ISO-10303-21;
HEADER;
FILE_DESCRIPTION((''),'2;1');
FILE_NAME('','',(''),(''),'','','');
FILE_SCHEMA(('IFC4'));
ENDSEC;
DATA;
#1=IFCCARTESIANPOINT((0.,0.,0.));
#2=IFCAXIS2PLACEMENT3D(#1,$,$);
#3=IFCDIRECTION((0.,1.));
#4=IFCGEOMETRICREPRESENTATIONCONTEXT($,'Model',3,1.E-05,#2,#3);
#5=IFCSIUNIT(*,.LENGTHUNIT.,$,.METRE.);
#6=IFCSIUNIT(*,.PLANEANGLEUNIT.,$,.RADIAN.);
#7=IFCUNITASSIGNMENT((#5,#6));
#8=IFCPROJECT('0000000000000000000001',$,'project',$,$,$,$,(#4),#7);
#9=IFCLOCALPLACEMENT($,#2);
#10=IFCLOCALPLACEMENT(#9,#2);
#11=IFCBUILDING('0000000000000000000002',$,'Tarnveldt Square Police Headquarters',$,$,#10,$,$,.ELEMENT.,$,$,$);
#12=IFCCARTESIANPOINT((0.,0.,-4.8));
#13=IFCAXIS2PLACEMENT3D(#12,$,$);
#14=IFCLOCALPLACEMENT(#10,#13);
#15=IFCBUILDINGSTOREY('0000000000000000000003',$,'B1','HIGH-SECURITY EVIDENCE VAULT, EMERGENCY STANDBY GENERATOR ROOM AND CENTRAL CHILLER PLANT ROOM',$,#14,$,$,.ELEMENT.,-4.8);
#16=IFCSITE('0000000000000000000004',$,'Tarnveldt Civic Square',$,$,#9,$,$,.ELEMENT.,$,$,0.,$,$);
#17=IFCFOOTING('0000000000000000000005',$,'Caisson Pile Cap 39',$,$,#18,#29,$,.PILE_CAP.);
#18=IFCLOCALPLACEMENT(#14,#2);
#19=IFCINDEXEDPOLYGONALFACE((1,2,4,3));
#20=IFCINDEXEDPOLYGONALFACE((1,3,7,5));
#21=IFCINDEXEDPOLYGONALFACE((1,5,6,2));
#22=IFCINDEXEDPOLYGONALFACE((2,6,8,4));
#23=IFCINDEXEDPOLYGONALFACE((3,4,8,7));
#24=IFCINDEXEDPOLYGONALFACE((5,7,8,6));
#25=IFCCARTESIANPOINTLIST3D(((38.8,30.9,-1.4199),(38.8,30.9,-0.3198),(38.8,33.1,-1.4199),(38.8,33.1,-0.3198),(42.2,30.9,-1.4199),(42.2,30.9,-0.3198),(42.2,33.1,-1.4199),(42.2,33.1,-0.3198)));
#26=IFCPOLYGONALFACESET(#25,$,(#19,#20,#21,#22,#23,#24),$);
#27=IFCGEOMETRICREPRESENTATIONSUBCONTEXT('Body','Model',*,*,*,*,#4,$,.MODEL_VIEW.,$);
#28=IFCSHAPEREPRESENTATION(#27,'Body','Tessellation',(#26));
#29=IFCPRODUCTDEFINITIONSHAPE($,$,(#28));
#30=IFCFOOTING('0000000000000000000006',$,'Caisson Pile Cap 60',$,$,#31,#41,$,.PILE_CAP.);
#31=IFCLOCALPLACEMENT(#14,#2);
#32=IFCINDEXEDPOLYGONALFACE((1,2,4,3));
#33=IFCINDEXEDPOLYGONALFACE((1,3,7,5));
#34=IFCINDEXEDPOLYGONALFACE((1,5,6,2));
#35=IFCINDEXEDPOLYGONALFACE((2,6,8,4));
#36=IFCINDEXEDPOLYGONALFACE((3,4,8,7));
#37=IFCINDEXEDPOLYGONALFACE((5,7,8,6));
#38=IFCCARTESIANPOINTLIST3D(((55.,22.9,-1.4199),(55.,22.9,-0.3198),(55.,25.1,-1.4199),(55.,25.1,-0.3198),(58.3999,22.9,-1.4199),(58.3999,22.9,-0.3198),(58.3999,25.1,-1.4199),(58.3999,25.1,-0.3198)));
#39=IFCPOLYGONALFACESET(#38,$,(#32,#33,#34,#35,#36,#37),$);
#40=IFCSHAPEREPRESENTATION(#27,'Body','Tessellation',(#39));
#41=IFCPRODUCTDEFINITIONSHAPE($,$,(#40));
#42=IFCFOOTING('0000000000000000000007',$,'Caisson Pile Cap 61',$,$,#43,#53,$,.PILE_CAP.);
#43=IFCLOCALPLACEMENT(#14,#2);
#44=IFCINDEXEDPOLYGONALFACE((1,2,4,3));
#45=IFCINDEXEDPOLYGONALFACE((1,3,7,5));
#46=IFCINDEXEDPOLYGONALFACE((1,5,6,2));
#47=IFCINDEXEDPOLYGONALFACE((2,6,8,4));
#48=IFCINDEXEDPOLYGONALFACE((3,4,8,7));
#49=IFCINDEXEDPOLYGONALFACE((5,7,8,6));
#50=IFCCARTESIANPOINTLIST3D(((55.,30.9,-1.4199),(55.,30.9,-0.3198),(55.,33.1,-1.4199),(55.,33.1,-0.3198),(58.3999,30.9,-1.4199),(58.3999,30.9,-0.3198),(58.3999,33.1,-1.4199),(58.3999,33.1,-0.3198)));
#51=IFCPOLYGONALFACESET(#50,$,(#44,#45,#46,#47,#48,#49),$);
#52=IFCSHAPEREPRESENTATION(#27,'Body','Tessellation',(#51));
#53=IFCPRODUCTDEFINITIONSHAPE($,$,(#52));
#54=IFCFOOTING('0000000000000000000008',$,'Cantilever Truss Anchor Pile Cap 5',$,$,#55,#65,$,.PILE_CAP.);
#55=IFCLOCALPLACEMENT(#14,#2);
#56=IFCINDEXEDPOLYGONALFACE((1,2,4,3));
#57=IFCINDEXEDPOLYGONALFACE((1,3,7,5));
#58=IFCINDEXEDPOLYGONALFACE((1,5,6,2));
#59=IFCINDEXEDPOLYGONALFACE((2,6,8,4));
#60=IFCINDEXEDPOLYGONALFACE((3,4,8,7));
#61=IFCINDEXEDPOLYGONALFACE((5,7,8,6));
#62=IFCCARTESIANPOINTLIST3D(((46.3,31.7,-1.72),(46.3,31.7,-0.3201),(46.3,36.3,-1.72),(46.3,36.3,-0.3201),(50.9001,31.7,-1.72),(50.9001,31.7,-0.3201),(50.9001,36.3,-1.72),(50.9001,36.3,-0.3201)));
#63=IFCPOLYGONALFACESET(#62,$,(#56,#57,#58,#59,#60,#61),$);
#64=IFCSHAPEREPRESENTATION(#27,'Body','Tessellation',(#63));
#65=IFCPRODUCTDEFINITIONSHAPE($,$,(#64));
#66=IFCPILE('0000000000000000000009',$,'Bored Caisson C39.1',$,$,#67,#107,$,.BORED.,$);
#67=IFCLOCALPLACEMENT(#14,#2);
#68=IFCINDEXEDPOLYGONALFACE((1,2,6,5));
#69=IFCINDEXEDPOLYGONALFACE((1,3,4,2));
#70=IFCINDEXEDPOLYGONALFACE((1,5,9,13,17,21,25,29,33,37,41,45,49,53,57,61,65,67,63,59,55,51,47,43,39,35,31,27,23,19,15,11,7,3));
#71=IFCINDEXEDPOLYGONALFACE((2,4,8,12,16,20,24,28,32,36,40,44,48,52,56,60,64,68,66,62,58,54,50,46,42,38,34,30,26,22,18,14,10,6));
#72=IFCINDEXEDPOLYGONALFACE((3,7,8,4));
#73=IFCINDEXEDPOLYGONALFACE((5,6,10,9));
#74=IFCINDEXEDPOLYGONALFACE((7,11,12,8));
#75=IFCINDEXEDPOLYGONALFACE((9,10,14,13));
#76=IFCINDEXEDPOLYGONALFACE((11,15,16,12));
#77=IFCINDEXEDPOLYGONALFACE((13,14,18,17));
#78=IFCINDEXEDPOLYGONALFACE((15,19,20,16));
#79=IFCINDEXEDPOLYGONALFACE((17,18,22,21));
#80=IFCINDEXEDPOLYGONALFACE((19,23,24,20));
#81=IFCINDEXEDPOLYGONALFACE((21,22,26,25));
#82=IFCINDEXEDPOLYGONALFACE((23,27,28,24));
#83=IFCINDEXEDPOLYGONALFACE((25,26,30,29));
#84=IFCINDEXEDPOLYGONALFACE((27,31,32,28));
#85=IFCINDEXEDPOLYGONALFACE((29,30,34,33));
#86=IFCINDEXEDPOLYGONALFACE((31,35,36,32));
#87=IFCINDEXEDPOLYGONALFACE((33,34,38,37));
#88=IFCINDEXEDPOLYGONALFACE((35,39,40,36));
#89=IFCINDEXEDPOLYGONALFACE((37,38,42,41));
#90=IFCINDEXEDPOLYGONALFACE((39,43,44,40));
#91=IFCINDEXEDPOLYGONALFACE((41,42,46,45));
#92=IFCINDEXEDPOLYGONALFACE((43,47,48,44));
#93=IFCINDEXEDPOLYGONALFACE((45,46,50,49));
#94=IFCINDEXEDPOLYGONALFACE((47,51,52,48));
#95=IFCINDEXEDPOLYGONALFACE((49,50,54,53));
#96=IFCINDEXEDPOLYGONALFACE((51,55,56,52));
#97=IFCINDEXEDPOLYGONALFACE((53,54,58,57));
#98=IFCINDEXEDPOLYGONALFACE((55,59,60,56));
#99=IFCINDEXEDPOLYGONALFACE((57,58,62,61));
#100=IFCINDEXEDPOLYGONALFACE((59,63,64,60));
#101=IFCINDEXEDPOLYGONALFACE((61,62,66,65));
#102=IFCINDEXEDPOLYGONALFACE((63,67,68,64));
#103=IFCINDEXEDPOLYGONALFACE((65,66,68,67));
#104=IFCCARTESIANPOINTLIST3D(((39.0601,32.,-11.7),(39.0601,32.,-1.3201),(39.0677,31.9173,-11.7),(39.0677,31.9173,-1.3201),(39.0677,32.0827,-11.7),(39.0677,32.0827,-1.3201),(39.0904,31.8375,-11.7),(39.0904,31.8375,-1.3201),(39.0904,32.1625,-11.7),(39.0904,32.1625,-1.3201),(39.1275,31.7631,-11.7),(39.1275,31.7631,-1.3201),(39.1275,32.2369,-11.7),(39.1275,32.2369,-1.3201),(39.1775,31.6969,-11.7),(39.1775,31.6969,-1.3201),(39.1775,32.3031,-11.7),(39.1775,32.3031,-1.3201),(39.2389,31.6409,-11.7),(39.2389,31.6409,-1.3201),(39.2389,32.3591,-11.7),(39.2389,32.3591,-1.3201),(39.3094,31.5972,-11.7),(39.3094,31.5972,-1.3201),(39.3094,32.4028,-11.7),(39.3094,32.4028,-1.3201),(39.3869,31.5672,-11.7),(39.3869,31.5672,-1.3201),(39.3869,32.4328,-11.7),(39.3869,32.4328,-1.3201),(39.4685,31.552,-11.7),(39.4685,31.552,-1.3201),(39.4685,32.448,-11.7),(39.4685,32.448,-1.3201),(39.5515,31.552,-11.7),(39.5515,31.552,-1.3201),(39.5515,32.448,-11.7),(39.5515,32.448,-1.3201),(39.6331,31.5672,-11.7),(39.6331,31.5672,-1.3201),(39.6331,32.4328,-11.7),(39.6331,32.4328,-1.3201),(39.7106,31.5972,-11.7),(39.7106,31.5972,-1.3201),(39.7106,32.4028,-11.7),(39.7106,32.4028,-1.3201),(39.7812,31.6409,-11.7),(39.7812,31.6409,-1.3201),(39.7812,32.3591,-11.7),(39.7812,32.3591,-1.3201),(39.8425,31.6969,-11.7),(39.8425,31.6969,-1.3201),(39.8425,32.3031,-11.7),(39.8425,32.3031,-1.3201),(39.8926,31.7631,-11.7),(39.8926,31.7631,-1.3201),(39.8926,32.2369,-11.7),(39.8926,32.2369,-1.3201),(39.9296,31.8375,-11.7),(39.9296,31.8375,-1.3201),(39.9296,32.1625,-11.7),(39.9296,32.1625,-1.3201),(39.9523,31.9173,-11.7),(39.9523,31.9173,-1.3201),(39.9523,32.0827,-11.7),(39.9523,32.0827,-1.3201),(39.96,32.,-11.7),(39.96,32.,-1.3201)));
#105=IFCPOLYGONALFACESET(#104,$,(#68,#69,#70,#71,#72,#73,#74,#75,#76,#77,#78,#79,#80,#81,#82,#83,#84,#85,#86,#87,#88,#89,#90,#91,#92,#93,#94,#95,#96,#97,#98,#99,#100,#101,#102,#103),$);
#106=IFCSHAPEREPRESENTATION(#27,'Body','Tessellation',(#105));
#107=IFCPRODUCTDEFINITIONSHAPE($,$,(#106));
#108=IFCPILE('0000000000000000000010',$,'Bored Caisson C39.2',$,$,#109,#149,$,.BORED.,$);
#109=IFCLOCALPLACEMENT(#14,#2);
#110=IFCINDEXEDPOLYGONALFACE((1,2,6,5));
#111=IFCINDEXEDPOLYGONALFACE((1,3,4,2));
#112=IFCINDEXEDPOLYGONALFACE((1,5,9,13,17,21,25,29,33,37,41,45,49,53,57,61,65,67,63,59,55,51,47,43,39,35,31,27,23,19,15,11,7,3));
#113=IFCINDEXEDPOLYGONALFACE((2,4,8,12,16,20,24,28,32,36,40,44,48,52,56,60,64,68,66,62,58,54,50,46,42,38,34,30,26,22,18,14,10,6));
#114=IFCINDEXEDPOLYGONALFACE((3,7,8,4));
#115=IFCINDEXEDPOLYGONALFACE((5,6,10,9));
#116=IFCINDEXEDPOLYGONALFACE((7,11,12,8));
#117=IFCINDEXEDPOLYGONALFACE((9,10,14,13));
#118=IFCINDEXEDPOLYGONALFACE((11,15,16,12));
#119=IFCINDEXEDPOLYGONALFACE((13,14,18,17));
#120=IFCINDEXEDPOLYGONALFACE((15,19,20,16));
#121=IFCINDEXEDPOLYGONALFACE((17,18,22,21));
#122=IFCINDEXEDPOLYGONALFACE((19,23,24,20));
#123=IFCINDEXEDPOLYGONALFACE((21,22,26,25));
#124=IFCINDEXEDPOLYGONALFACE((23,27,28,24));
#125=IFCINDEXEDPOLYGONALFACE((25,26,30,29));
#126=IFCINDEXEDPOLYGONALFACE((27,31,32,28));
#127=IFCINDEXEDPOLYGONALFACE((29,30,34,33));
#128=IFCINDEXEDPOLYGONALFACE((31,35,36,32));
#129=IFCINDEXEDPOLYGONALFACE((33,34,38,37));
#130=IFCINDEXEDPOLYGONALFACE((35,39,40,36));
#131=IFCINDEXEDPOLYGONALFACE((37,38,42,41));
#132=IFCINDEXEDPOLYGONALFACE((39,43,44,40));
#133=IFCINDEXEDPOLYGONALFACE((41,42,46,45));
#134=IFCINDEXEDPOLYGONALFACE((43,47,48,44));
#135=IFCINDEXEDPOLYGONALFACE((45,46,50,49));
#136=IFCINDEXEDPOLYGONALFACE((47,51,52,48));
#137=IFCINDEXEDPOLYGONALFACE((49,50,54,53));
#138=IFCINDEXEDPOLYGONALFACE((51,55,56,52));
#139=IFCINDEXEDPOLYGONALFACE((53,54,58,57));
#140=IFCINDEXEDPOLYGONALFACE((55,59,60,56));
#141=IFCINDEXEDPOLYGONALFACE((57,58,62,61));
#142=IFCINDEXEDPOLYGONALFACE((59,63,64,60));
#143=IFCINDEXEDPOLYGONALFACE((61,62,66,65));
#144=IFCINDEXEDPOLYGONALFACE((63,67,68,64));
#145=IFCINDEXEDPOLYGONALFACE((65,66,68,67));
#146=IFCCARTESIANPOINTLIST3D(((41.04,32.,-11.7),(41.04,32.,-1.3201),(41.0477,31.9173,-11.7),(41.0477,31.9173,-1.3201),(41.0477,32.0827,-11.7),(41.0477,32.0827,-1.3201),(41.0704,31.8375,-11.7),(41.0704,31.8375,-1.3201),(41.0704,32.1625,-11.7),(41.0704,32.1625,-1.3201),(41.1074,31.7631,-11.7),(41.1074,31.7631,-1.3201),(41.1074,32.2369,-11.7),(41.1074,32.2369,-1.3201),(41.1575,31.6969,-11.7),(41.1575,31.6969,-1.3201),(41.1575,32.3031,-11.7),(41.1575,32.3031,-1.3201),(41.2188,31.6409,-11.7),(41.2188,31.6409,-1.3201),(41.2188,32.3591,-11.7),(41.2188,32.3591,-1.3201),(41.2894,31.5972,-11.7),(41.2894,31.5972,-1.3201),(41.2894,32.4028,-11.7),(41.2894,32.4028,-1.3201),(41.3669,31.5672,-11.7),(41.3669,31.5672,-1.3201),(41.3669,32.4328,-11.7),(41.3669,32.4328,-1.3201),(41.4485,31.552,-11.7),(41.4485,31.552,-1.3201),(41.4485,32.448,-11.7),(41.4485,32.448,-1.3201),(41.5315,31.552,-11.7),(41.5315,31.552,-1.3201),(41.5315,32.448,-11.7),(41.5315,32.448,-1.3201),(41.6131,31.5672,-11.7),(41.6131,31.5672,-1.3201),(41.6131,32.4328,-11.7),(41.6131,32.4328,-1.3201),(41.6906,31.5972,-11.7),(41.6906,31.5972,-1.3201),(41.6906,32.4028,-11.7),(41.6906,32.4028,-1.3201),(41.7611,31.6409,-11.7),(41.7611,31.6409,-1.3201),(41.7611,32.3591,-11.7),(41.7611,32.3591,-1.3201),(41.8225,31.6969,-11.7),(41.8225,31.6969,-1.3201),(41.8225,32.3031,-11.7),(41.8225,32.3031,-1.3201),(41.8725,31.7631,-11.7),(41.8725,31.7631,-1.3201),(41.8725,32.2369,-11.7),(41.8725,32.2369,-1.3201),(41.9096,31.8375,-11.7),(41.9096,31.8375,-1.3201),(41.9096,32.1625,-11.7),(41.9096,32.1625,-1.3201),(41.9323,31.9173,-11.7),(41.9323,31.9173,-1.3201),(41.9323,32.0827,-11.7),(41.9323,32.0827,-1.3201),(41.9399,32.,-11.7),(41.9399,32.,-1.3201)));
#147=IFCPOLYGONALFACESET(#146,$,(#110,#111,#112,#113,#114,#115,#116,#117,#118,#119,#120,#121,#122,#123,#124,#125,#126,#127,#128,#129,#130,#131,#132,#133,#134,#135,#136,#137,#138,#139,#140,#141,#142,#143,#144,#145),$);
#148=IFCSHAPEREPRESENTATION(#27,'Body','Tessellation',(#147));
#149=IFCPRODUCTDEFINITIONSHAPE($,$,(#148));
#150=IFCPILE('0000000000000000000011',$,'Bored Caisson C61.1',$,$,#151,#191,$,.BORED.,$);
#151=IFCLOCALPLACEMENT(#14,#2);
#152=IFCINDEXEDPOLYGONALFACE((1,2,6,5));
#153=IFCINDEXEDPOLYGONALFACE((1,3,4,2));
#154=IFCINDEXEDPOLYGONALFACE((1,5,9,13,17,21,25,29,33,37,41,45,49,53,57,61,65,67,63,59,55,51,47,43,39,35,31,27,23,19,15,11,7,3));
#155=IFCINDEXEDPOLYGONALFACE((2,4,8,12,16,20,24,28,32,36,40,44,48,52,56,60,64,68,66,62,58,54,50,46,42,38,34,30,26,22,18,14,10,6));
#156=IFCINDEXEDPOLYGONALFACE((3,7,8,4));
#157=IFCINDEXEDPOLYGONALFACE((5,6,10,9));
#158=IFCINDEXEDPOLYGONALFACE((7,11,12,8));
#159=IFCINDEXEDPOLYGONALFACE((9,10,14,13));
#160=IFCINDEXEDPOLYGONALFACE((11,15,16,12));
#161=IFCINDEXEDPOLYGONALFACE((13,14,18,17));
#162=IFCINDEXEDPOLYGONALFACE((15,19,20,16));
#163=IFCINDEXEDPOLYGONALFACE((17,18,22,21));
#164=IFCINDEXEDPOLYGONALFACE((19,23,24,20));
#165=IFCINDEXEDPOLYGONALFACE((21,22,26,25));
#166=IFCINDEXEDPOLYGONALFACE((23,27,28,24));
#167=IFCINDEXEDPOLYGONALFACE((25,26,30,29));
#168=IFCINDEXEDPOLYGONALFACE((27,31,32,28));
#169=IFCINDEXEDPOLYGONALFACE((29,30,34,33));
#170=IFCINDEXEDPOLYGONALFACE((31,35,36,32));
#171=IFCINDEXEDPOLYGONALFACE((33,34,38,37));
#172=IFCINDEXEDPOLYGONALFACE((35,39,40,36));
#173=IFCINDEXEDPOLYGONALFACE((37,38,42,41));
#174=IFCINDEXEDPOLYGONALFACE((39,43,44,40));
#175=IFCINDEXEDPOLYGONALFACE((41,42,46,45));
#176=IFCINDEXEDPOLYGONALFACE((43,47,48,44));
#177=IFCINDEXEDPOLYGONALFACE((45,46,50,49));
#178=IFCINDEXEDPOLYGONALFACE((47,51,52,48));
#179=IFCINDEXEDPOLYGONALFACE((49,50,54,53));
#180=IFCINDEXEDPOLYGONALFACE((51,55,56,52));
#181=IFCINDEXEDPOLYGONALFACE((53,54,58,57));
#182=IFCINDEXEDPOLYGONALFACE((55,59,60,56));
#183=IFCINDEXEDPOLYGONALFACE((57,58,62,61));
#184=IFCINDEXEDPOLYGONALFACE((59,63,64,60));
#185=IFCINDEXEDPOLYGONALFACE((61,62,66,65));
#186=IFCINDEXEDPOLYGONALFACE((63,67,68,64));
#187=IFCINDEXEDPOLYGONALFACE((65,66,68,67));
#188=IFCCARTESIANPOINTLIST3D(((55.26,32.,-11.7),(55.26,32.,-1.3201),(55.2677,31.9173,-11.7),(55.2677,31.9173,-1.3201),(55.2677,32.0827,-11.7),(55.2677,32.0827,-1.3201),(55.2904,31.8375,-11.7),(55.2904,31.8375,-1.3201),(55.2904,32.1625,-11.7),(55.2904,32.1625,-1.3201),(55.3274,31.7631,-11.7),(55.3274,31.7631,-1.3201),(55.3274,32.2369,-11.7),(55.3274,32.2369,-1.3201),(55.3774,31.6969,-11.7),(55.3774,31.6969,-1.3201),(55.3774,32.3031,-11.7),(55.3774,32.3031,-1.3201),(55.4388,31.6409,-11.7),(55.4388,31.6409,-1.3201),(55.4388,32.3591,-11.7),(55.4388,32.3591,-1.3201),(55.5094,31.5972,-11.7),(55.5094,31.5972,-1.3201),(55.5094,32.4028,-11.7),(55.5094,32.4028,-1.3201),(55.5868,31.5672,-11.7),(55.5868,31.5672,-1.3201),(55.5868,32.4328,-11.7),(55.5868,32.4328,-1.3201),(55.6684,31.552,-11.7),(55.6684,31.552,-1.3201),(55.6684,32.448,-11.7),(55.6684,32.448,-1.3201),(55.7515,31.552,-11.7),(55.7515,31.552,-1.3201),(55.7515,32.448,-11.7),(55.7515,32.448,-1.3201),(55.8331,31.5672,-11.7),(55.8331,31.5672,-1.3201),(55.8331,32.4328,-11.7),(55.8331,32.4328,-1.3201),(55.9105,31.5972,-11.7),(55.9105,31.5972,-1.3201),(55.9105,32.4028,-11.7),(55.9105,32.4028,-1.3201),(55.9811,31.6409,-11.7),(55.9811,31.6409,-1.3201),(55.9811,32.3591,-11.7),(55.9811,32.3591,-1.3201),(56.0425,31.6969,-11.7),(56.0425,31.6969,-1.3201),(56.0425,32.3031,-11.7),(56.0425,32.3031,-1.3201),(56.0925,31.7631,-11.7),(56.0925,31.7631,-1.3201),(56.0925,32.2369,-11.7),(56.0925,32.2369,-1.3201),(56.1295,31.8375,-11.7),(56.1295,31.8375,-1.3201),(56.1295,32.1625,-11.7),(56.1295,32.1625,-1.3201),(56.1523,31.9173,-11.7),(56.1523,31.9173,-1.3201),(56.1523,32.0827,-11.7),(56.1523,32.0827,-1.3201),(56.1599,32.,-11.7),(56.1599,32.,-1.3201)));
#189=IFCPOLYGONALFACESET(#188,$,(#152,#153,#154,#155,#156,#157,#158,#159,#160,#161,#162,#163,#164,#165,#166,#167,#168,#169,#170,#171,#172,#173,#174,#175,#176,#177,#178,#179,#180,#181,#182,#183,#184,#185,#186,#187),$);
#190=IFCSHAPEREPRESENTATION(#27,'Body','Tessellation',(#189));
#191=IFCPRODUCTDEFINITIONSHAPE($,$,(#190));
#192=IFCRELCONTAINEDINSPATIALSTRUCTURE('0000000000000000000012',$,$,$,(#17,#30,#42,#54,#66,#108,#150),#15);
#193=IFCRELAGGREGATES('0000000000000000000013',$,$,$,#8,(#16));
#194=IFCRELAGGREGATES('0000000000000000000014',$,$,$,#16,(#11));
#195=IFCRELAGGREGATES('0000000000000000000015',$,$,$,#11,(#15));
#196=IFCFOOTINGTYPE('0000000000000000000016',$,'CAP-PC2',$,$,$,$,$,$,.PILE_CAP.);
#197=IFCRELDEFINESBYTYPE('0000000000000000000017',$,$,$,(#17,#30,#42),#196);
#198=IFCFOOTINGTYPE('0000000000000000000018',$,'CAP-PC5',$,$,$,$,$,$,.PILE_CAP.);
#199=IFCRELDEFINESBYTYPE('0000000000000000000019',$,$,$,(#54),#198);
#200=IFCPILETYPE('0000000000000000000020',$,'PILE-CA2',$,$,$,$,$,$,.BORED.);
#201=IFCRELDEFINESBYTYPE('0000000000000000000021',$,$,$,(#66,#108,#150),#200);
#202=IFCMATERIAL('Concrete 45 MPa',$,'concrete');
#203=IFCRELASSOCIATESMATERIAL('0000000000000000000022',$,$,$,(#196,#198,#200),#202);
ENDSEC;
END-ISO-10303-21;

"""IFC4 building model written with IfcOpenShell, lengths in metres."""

from ifc_helpers import new_model, si_unit, direction, frame, origin, origin_2d, place, context, subcontext, project, spatial, rectangle, circle, extrude, material, material_profile, profile_set, type_object, element, save


model = new_model("IFC4")

# Units and contexts
model_context = context("Model", 3, precision=1e-05, world=origin(), true_north=direction((0.0, 1.0)))
body_context = subcontext(model_context, "Body", "Model", "MODEL_VIEW")
ifc_project = project(units=[si_unit("LENGTHUNIT", "METRE"), si_unit("PLANEANGLEUNIT", "RADIAN")], contexts=[model_context])

# Site, building, storey
site_placement = place(None, origin())
site = spatial("IfcSite", under=ifc_project, at=site_placement, Name="Tarnveldt Civic Square", CompositionType="ELEMENT", RefElevation=0.0)
building_placement = place(site_placement, origin())
building = spatial("IfcBuilding", under=site, at=building_placement, Name="Tarnveldt Square Police Headquarters", CompositionType="ELEMENT")
storey_placement = place(building_placement, frame((0.0, 0.0, -4.8)))
storey = spatial("IfcBuildingStorey", under=building, at=storey_placement, Name="B1", Description="HIGH-SECURITY EVIDENCE VAULT, EMERGENCY STANDBY GENERATOR ROOM AND CENTRAL CHILLER PLANT ROOM", CompositionType="ELEMENT", Elevation=-4.8)

# Footings
ifc_material_1 = material(Name="Concrete 45 MPa", Category="concrete")
footing_type_1 = type_object("IfcFootingType", Name="CAP-PC2", PredefinedType="PILE_CAP", material=ifc_material_1)
for number, where, z_axis, x_axis, name in (
    (1, (40.5, 32.0, -1.4199), (0.0, 0.0, 1.0), (1.0, 0.0, 0.0), "Caisson Pile Cap 39"),
    (2, (56.7, 24.0, -1.4199), (0.0, 0.0, 1.0), (1.0, 0.0, 0.0), "Caisson Pile Cap 60"),
    (3, (56.7, 32.0, -1.4199), (0.0, 0.0, 1.0), (1.0, 0.0, 0.0), "Caisson Pile Cap 61"),
):
    element("IfcFooting", number, at=place(storey_placement, frame(where, z_axis=z_axis, x_axis=x_axis)), inside=storey, type_object=footing_type_1, Name=name, PredefinedType="PILE_CAP", context=body_context, shape_type="SweptSolid", body=[
        extrude(rectangle(XDim=3.3999, YDim=2.2, at=origin_2d()), origin(), (0.0, 0.0, 1.0), 1.1001),
    ])
footing_type_2 = type_object("IfcFootingType", Name="CAP-PC5", PredefinedType="PILE_CAP", material=ifc_material_1)
footing_placement = place(storey_placement, frame((48.6001, 34.0, -1.72), z_axis=(0.0, 0.0, 1.0), x_axis=(1.0, 0.0, 0.0)))
element("IfcFooting", 4, at=footing_placement, inside=storey, type_object=footing_type_2, Name="Cantilever Truss Anchor Pile Cap 5", PredefinedType="PILE_CAP", context=body_context, shape_type="SweptSolid", body=[
    extrude(rectangle(XDim=4.6001, YDim=4.6001, at=origin_2d()), origin(), (0.0, 0.0, 1.0), 1.3999),
])

# Piles
ifc_material_profile_1 = material_profile(ifc_material_1, circle(Radius=0.45, at=origin_2d()), Name="CAISSON-D900")
ifc_profile_set_1 = profile_set([ifc_material_profile_1], Name="Concrete 45 MPa")
pile_type_1 = type_object("IfcPileType", Name="PILE-CA2", PredefinedType="BORED", material=ifc_profile_set_1)
for number, where, z_axis, x_axis, name in (
    (5, (39.51, 32.0, -1.3201), (0.0, 0.0, -1.0), (1.0, 0.0, 0.0), "Bored Caisson C39.1"),
    (6, (41.49, 32.0, -1.3201), (0.0, 0.0, -1.0), (1.0, 0.0, 0.0), "Bored Caisson C39.2"),
    (7, (55.71, 32.0, -1.3201), (0.0, 0.0, -1.0), (1.0, 0.0, 0.0), "Bored Caisson C61.1"),
):
    element("IfcPile", number, at=place(storey_placement, frame(where, z_axis=z_axis, x_axis=x_axis)), inside=storey, type_object=pile_type_1, Name=name, PredefinedType="BORED", context=body_context, shape_type="SweptSolid", body=[
        extrude(circle(Radius=0.45, at=origin_2d()), origin(), (0.0, 0.0, 1.0), 10.3799),
    ])

save(model, "model.ifc")
